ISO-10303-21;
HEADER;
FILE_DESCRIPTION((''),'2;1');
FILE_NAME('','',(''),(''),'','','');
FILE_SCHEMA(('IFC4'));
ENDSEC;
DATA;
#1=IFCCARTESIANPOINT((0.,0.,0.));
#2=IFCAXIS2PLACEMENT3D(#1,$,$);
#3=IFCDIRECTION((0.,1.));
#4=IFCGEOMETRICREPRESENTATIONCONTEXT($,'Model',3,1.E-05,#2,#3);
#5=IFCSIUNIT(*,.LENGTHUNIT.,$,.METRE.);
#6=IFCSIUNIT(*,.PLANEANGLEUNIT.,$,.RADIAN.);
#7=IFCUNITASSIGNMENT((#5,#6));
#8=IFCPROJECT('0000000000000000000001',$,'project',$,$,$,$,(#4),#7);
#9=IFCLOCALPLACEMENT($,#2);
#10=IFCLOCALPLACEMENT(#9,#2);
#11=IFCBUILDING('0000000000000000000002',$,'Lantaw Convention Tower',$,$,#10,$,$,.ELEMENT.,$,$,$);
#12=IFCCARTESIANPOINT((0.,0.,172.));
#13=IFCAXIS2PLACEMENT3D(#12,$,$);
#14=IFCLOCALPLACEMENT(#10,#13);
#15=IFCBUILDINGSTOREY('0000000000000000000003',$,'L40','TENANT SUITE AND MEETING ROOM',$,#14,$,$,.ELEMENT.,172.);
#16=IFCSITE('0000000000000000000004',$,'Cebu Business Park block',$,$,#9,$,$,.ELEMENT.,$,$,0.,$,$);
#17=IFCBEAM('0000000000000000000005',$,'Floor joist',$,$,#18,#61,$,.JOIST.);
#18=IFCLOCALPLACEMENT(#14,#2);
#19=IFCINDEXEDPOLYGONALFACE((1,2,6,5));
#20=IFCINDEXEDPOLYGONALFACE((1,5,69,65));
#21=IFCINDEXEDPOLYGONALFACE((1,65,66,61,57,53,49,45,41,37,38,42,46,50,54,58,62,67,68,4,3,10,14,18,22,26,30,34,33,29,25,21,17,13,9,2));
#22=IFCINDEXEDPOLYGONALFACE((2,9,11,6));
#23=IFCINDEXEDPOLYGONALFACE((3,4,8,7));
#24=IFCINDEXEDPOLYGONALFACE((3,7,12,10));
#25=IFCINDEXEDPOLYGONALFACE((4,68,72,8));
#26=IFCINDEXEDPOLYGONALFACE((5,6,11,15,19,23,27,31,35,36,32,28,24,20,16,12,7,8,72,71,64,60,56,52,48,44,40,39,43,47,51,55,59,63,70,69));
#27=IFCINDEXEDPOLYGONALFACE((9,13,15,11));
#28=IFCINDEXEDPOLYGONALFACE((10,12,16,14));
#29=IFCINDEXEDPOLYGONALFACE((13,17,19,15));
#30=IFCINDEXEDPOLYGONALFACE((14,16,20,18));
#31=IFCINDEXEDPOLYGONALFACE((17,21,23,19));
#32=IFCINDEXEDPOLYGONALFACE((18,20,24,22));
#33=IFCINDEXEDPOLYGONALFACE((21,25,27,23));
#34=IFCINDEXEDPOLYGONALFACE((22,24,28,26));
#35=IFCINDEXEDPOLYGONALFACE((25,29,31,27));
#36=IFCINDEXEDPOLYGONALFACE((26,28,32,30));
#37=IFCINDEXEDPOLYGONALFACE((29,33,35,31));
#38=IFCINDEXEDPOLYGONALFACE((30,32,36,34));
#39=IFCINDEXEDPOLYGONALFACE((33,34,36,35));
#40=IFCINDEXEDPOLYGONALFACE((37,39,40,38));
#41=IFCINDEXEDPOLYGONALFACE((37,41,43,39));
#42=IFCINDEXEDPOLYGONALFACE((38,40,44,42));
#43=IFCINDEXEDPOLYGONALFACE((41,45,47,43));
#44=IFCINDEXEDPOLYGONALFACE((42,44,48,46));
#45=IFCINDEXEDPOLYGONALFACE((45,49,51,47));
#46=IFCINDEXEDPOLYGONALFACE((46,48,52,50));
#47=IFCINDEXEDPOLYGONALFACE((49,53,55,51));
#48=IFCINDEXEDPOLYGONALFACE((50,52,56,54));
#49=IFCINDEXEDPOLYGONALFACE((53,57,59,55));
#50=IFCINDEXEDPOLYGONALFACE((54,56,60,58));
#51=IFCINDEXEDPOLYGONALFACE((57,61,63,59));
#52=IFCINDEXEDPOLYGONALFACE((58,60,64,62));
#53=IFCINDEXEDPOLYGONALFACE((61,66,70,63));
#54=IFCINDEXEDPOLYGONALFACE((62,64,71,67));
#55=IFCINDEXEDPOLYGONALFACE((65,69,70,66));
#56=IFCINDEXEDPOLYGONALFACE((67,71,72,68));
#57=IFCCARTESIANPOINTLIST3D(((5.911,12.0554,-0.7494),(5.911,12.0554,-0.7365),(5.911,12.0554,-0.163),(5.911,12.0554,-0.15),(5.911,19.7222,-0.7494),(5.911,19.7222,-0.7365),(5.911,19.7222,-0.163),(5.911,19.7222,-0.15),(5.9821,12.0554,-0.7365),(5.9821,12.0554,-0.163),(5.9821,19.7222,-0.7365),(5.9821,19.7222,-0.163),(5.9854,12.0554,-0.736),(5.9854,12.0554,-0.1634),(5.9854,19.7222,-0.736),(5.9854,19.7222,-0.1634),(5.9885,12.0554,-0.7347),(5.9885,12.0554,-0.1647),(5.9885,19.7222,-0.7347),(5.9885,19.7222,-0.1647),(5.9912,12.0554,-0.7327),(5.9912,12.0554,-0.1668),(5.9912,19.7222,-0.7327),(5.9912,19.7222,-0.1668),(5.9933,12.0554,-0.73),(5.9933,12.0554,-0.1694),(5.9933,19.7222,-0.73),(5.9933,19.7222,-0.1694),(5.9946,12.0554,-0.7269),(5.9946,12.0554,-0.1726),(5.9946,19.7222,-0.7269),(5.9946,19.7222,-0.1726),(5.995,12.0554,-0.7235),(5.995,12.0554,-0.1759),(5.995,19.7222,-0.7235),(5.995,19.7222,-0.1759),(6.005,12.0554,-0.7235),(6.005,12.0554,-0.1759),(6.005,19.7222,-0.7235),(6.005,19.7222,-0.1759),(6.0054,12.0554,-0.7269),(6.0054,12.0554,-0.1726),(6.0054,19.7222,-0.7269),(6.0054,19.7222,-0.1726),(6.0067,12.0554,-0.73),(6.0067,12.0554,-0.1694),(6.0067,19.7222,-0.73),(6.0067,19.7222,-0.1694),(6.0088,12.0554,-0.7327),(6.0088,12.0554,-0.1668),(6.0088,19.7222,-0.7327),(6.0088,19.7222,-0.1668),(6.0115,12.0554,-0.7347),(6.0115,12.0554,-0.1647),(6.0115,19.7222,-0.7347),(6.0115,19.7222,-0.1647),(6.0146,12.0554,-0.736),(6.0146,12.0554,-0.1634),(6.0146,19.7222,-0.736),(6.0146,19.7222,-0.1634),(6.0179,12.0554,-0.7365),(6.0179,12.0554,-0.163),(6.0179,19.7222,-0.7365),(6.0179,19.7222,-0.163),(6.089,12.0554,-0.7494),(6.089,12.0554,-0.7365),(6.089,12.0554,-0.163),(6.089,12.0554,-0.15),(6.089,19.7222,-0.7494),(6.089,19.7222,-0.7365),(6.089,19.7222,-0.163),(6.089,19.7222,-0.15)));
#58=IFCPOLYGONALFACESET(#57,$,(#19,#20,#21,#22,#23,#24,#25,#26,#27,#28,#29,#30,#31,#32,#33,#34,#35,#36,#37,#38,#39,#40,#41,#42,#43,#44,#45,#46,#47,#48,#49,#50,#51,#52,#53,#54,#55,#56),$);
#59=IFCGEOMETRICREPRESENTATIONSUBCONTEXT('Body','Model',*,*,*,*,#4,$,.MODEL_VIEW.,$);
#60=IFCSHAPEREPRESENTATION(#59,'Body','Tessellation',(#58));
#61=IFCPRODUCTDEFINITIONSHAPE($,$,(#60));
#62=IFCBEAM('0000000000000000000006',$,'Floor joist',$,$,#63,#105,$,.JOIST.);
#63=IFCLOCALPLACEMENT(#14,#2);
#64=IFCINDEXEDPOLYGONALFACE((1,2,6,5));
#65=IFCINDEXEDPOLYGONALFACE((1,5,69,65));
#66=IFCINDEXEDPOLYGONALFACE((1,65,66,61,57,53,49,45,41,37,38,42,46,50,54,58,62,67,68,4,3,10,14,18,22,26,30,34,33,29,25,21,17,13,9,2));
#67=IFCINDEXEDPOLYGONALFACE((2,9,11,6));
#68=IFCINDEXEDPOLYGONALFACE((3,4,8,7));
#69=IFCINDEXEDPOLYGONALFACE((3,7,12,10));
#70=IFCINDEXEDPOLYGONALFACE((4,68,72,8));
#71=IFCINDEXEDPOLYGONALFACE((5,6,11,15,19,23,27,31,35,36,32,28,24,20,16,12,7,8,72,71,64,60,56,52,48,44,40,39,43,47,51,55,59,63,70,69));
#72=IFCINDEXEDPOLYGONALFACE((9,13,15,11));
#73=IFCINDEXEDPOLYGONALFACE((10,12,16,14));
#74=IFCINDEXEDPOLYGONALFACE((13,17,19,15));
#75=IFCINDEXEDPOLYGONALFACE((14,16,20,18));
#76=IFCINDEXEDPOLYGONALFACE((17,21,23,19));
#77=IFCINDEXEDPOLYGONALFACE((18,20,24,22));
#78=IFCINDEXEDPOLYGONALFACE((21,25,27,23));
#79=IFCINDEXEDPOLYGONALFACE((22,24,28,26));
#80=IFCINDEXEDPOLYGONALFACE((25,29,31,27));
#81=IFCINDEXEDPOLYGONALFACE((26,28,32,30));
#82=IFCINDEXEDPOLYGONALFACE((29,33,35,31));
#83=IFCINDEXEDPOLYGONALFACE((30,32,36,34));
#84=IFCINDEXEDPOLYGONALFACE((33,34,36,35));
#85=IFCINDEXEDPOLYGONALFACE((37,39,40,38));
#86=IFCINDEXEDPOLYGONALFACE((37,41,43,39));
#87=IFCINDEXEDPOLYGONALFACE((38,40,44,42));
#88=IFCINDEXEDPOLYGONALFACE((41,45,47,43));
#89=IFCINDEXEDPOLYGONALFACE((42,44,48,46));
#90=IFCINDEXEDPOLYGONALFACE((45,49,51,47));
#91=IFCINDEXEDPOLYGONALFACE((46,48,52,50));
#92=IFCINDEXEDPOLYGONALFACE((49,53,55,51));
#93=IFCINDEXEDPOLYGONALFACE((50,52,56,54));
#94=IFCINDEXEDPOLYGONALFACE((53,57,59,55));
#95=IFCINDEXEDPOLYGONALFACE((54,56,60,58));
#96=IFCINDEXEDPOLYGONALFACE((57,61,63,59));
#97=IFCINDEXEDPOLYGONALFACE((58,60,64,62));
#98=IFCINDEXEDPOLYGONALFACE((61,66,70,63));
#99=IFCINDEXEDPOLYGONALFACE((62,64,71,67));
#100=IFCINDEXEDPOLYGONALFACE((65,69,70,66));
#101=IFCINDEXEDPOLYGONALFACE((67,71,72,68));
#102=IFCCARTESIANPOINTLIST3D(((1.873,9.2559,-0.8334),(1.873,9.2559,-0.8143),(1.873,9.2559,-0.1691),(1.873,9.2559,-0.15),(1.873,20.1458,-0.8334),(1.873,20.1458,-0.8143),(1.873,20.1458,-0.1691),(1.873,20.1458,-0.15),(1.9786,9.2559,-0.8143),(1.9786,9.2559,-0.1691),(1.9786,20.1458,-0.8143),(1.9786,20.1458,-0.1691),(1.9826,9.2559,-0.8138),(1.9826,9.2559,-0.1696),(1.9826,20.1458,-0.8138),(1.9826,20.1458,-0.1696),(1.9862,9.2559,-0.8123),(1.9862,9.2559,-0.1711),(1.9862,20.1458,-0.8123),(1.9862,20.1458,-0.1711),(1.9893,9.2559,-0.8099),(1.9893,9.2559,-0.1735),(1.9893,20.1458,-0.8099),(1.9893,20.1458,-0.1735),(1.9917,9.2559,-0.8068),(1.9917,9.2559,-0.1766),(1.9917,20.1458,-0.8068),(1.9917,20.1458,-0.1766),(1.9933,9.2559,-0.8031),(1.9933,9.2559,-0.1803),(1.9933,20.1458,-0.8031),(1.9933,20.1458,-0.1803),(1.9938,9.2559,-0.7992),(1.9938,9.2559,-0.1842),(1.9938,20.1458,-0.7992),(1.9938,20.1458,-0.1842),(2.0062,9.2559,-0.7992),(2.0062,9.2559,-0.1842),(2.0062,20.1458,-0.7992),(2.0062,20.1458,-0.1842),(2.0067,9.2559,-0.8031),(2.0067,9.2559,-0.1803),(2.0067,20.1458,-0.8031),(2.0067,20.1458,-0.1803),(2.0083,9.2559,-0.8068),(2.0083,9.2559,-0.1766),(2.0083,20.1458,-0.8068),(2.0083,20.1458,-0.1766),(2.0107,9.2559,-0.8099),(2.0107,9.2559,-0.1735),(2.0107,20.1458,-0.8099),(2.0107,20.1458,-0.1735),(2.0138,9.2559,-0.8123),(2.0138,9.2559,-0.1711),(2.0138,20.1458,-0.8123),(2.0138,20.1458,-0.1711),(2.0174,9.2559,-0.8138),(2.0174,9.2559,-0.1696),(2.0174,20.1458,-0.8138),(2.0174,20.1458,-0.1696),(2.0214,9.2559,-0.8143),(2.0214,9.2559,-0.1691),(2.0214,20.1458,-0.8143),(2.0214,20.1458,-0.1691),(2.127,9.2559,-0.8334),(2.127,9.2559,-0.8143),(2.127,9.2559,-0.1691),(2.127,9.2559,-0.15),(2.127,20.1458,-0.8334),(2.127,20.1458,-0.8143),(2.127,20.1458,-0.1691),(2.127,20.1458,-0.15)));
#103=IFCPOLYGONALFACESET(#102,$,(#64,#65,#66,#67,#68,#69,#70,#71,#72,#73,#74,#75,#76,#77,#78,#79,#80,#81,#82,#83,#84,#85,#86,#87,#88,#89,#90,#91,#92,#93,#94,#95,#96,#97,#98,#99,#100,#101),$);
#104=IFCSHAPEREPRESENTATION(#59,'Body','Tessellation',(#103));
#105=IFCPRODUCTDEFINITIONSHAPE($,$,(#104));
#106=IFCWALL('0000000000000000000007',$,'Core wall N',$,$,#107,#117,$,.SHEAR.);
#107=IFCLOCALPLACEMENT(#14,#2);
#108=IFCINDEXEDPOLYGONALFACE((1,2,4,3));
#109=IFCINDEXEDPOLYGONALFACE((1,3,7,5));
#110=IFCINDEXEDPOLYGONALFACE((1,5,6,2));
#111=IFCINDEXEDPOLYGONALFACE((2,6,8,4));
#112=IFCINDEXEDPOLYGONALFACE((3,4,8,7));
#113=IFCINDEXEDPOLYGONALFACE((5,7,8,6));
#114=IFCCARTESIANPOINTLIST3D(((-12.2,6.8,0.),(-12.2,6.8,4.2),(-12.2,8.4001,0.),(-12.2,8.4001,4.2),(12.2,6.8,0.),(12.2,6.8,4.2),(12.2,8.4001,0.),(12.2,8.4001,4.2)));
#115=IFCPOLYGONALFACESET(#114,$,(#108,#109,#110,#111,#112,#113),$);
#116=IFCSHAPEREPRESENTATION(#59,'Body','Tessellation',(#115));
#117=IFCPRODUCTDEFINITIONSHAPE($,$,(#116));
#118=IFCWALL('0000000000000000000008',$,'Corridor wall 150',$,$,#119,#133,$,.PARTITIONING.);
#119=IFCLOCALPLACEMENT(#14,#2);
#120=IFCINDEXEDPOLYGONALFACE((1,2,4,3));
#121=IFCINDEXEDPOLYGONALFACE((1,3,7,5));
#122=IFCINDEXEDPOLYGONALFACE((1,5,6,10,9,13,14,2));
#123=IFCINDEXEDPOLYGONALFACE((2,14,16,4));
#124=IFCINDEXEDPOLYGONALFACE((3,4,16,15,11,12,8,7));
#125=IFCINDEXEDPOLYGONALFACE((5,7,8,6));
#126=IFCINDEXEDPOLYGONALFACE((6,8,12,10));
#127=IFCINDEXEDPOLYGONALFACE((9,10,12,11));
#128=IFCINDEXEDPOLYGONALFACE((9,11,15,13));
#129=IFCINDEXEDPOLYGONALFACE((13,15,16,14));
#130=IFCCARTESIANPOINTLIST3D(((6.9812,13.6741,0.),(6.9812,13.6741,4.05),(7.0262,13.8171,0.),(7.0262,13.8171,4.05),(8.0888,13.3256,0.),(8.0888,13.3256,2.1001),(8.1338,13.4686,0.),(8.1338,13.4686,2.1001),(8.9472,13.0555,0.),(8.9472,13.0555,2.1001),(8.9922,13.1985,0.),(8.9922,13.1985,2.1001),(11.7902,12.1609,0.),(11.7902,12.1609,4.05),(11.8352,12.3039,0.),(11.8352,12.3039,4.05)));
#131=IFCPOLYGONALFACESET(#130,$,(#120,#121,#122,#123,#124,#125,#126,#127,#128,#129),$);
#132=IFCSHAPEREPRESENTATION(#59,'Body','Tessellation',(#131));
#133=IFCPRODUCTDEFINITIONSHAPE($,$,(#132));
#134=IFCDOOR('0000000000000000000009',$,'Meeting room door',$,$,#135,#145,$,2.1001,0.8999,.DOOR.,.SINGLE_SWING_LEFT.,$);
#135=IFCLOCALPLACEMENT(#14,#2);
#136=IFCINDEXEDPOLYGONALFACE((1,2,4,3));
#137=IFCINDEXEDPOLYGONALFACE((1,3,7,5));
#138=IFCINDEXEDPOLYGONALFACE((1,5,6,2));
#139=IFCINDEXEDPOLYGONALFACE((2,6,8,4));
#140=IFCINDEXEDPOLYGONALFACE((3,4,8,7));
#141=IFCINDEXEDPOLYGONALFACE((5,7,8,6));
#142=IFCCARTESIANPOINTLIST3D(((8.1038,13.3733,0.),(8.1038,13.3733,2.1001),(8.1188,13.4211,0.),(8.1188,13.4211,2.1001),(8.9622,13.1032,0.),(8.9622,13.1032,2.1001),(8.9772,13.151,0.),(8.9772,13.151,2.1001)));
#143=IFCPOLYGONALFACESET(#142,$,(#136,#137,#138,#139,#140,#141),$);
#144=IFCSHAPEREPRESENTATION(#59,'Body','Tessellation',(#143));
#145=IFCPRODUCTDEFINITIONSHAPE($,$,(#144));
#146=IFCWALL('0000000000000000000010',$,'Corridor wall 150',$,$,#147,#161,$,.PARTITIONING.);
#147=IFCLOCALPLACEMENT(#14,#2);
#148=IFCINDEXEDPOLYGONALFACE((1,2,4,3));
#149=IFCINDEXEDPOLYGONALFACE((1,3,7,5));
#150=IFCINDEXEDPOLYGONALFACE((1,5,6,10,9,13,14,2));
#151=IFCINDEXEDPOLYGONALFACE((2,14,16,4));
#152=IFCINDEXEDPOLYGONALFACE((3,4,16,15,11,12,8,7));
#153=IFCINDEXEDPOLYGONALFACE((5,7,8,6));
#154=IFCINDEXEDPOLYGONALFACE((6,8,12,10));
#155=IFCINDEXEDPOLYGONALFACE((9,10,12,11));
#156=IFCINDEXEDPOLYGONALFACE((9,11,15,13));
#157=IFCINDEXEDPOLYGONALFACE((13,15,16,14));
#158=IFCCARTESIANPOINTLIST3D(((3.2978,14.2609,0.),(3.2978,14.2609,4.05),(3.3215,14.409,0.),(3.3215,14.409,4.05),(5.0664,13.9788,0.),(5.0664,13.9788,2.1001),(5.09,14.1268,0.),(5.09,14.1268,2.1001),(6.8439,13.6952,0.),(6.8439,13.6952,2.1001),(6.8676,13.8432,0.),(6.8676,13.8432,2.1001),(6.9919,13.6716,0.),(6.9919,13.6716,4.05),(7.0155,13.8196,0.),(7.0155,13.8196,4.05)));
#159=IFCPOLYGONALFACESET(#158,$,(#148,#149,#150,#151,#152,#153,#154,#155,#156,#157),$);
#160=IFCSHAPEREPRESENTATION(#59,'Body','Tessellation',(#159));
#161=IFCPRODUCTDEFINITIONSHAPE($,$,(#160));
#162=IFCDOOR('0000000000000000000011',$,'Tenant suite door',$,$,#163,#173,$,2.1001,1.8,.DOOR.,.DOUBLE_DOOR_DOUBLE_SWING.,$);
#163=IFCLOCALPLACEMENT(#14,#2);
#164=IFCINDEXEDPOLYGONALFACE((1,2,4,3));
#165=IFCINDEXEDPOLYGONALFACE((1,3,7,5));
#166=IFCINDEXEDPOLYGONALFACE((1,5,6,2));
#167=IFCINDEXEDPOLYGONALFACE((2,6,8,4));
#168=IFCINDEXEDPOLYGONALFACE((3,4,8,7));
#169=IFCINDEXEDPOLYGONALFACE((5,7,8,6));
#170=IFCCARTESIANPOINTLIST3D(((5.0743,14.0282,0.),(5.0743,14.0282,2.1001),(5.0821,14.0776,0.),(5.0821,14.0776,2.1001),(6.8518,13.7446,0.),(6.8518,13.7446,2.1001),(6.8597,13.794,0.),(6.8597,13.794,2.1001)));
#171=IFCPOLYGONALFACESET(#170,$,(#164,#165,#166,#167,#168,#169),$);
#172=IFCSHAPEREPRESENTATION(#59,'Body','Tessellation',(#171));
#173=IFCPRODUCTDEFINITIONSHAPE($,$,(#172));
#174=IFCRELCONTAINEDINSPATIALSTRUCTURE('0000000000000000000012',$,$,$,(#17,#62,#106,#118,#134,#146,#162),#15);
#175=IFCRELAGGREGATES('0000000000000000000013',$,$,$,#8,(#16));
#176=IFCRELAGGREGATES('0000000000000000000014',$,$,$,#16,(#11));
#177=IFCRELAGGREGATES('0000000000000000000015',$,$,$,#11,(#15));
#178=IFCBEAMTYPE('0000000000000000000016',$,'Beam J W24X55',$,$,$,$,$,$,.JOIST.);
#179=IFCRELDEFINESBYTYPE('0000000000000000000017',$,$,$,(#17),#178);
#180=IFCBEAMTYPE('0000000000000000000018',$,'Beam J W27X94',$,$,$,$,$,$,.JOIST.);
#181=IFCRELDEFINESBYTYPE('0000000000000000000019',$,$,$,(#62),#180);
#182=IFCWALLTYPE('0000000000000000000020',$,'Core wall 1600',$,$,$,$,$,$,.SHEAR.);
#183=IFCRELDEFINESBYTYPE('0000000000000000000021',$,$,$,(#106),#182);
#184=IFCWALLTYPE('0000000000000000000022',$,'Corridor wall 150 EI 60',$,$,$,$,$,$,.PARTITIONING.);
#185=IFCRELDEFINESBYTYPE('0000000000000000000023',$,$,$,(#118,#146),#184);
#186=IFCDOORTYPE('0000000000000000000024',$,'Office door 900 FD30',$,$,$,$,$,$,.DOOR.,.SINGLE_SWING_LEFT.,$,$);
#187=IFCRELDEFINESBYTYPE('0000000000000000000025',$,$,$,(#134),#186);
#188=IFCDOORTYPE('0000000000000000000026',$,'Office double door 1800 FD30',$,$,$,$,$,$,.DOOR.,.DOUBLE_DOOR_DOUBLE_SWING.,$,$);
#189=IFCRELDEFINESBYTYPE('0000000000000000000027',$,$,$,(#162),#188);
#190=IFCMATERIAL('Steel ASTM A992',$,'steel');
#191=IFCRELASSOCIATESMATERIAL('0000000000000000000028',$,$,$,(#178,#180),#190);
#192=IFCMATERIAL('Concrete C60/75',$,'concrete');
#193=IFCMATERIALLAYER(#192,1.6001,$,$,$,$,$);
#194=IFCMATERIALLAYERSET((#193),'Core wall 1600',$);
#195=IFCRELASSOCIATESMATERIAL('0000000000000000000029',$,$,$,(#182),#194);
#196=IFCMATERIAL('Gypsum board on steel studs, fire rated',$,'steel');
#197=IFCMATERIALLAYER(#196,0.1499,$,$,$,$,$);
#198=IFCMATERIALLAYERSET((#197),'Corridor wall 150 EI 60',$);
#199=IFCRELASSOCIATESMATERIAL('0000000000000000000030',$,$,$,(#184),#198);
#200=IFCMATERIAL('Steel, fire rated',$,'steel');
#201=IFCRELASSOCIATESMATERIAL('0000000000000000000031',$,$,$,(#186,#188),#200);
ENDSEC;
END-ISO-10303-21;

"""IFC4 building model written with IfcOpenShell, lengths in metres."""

from ifc_helpers import new_model, si_unit, direction, frame, frame_2d, origin, origin_2d, place, context, subcontext, project, spatial, rectangle, i_section, extrude, material, layer, layer_set, material_profile, profile_set, type_object, element, fill, save


model = new_model("IFC4")

# Units and contexts
model_context = context("Model", 3, precision=1e-05, world=origin(), true_north=direction((0.0, 1.0)))
body_context = subcontext(model_context, "Body", "Model", "MODEL_VIEW")
ifc_project = project(units=[si_unit("LENGTHUNIT", "METRE"), si_unit("PLANEANGLEUNIT", "RADIAN")], contexts=[model_context])

# Site, building, storey
site_placement = place(None, origin())
site = spatial("IfcSite", under=ifc_project, at=site_placement, Name="Cebu Business Park block", CompositionType="ELEMENT", RefElevation=0.0)
building_placement = place(site_placement, origin())
building = spatial("IfcBuilding", under=site, at=building_placement, Name="Lantaw Convention Tower", CompositionType="ELEMENT")
storey_placement = place(building_placement, frame((0.0, 0.0, 172.0)))
storey = spatial("IfcBuildingStorey", under=building, at=storey_placement, Name="L40", Description="TENANT SUITE AND MEETING ROOM", CompositionType="ELEMENT", Elevation=172.0)

# Beams
ifc_material_1 = material(Name="Steel ASTM A992", Category="steel")
ifc_material_profile_1 = material_profile(ifc_material_1, i_section(OverallWidth=0.178, OverallDepth=0.5994, WebThickness=0.01, FlangeThickness=0.0129, FilletRadius=0.0129, at=origin_2d()), Name="W24X55")
ifc_profile_set_1 = profile_set([ifc_material_profile_1], Name="Steel ASTM A992")
beam_type_1 = type_object("IfcBeamType", Name="Beam J W24X55", PredefinedType="JOIST", material=ifc_profile_set_1)
beam_1_placement = place(storey_placement, frame((6.0, 12.0554, -0.4497), z_axis=(0.0, 1.0, 0.0), x_axis=(-1.0, 0.0, 0.0)))
element("IfcBeam", 1, at=beam_1_placement, inside=storey, type_object=beam_type_1, Name="Floor joist", PredefinedType="JOIST", context=body_context, shape_type="SweptSolid", body=[
    extrude(i_section(OverallWidth=0.178, OverallDepth=0.5994, WebThickness=0.01, FlangeThickness=0.0129, FilletRadius=0.0129, at=origin_2d()), origin(), (0.0, 0.0, 1.0), 7.6667),
])
ifc_material_profile_2 = material_profile(ifc_material_1, i_section(OverallWidth=0.2539, OverallDepth=0.6833, WebThickness=0.0125, FlangeThickness=0.019, FilletRadius=0.0151, at=origin_2d()), Name="W27X94")
ifc_profile_set_2 = profile_set([ifc_material_profile_2], Name="Steel ASTM A992")
beam_type_2 = type_object("IfcBeamType", Name="Beam J W27X94", PredefinedType="JOIST", material=ifc_profile_set_2)
beam_2_placement = place(storey_placement, frame((2.0, 9.2559, -0.4917), z_axis=(0.0, 1.0, 0.0), x_axis=(-1.0, 0.0, 0.0)))
element("IfcBeam", 2, at=beam_2_placement, inside=storey, type_object=beam_type_2, Name="Floor joist", PredefinedType="JOIST", context=body_context, shape_type="SweptSolid", body=[
    extrude(i_section(OverallWidth=0.2539, OverallDepth=0.6833, WebThickness=0.0125, FlangeThickness=0.019, FilletRadius=0.0151, at=origin_2d()), origin(), (0.0, 0.0, 1.0), 10.8899),
])

# Wall
ifc_material_2 = material(Name="Concrete C60/75", Category="concrete")
ifc_layer_1 = layer(ifc_material_2, 1.6001)
ifc_layer_set_1 = layer_set([ifc_layer_1], Name="Core wall 1600")
wall_type_1 = type_object("IfcWallType", Name="Core wall 1600", PredefinedType="SHEAR", material=ifc_layer_set_1)
wall_1_placement = place(storey_placement, frame((12.2, 7.6001, 0.0), z_axis=(0.0, 0.0, 1.0), x_axis=(-1.0, 0.0, 0.0)))
element("IfcWall", 3, at=wall_1_placement, inside=storey, type_object=wall_type_1, Name="Core wall N", PredefinedType="SHEAR", context=body_context, shape_type="SweptSolid", body=[
    extrude(rectangle(XDim=24.3999, YDim=1.6001, at=frame_2d((12.2, 0.0))), origin(), (0.0, 0.0, 1.0), 4.2),
])

# Walls, openings, doors
ifc_material_3 = material(Name="Gypsum board on steel studs, fire rated", Category="steel")
ifc_layer_2 = layer(ifc_material_3, 0.1499)
ifc_layer_set_2 = layer_set([ifc_layer_2], Name="Corridor wall 150 EI 60")
wall_type_2 = type_object("IfcWallType", Name="Corridor wall 150 EI 60", PredefinedType="PARTITIONING", material=ifc_layer_set_2)
wall_2_placement = place(storey_placement, frame((11.8127, 12.2324, 0.0), z_axis=(0.0, 0.0, 1.0), x_axis=(-0.953894, 0.300144, 0.0)))
wall_2 = element("IfcWall", 4, at=wall_2_placement, inside=storey, type_object=wall_type_2, Name="Corridor wall 150", PredefinedType="PARTITIONING", context=body_context, shape_type="SweptSolid", body=[
    extrude(rectangle(XDim=5.0415, YDim=0.1499, at=frame_2d((2.5208, 0.0))), origin(), (0.0, 0.0, 1.0), 4.05),
])
opening_1_placement = place(wall_2_placement, frame((2.9805, 0.0, 0.0)))
opening_1 = element("IfcOpeningElement", 5, at=opening_1_placement, cuts=wall_2, PredefinedType="OPENING", context=body_context, shape_type="SweptSolid", body=[
    extrude(rectangle(XDim=0.8999, YDim=2.1001, at=frame_2d((0.45, 1.05))), frame((0.0, 0.085, 0.0), z_axis=(0.0, -1.0, 0.0), x_axis=(1.0, 0.0, 0.0)), (0.0, 0.0, 1.0), 0.1699),
])
ifc_material_4 = material(Name="Steel, fire rated", Category="steel")
door_type_1 = type_object("IfcDoorType", Name="Office door 900 FD30", OperationType="SINGLE_SWING_LEFT", PredefinedType="DOOR", material=ifc_material_4)
door_1_placement = place(opening_1_placement, origin())
door_1 = element("IfcDoor", 6, at=door_1_placement, inside=storey, type_object=door_type_1, Name="Meeting room door", OperationType="SINGLE_SWING_LEFT", OverallHeight=2.1001, OverallWidth=0.8999, PredefinedType="DOOR", context=body_context, shape_type="SweptSolid", body=[
    extrude(rectangle(XDim=0.8999, YDim=2.1001, at=frame_2d((0.45, 1.05))), frame((0.0, 0.0249, 0.0), z_axis=(0.0, -1.0, 0.0), x_axis=(1.0, 0.0, 0.0)), (0.0, 0.0, 1.0), 0.05),
])
fill(opening_1, door_1)
wall_3_placement = place(storey_placement, frame((7.0037, 13.7456, 0.0), z_axis=(0.0, 0.0, 1.0), x_axis=(-0.987511, 0.157548, 0.0)))
wall_3 = element("IfcWall", 7, at=wall_3_placement, inside=storey, type_object=wall_type_2, Name="Corridor wall 150", PredefinedType="PARTITIONING", context=body_context, shape_type="SweptSolid", body=[
    extrude(rectangle(XDim=3.7407, YDim=0.1499, at=frame_2d((1.8704, 0.0))), origin(), (0.0, 0.0, 1.0), 4.05),
])
opening_2_placement = place(wall_3_placement, frame((0.1499, 0.0, 0.0)))
opening_2 = element("IfcOpeningElement", 8, at=opening_2_placement, cuts=wall_3, PredefinedType="OPENING", context=body_context, shape_type="SweptSolid", body=[
    extrude(rectangle(XDim=1.8, YDim=2.1001, at=frame_2d((0.8999, 1.05))), frame((0.0, 0.085, 0.0), z_axis=(0.0, -1.0, 0.0), x_axis=(1.0, 0.0, 0.0)), (0.0, 0.0, 1.0), 0.1699),
])
door_type_2 = type_object("IfcDoorType", Name="Office double door 1800 FD30", OperationType="DOUBLE_DOOR_DOUBLE_SWING", PredefinedType="DOOR", material=ifc_material_4)
door_2_placement = place(opening_2_placement, origin())
door_2 = element("IfcDoor", 9, at=door_2_placement, inside=storey, type_object=door_type_2, Name="Tenant suite door", OperationType="DOUBLE_DOOR_DOUBLE_SWING", OverallHeight=2.1001, OverallWidth=1.8, PredefinedType="DOOR", context=body_context, shape_type="SweptSolid", body=[
    extrude(rectangle(XDim=1.8, YDim=2.1001, at=frame_2d((0.8999, 1.05))), frame((0.0, 0.0249, 0.0), z_axis=(0.0, -1.0, 0.0), x_axis=(1.0, 0.0, 0.0)), (0.0, 0.0, 1.0), 0.05),
])
fill(opening_2, door_2)

save(model, "model.ifc")
